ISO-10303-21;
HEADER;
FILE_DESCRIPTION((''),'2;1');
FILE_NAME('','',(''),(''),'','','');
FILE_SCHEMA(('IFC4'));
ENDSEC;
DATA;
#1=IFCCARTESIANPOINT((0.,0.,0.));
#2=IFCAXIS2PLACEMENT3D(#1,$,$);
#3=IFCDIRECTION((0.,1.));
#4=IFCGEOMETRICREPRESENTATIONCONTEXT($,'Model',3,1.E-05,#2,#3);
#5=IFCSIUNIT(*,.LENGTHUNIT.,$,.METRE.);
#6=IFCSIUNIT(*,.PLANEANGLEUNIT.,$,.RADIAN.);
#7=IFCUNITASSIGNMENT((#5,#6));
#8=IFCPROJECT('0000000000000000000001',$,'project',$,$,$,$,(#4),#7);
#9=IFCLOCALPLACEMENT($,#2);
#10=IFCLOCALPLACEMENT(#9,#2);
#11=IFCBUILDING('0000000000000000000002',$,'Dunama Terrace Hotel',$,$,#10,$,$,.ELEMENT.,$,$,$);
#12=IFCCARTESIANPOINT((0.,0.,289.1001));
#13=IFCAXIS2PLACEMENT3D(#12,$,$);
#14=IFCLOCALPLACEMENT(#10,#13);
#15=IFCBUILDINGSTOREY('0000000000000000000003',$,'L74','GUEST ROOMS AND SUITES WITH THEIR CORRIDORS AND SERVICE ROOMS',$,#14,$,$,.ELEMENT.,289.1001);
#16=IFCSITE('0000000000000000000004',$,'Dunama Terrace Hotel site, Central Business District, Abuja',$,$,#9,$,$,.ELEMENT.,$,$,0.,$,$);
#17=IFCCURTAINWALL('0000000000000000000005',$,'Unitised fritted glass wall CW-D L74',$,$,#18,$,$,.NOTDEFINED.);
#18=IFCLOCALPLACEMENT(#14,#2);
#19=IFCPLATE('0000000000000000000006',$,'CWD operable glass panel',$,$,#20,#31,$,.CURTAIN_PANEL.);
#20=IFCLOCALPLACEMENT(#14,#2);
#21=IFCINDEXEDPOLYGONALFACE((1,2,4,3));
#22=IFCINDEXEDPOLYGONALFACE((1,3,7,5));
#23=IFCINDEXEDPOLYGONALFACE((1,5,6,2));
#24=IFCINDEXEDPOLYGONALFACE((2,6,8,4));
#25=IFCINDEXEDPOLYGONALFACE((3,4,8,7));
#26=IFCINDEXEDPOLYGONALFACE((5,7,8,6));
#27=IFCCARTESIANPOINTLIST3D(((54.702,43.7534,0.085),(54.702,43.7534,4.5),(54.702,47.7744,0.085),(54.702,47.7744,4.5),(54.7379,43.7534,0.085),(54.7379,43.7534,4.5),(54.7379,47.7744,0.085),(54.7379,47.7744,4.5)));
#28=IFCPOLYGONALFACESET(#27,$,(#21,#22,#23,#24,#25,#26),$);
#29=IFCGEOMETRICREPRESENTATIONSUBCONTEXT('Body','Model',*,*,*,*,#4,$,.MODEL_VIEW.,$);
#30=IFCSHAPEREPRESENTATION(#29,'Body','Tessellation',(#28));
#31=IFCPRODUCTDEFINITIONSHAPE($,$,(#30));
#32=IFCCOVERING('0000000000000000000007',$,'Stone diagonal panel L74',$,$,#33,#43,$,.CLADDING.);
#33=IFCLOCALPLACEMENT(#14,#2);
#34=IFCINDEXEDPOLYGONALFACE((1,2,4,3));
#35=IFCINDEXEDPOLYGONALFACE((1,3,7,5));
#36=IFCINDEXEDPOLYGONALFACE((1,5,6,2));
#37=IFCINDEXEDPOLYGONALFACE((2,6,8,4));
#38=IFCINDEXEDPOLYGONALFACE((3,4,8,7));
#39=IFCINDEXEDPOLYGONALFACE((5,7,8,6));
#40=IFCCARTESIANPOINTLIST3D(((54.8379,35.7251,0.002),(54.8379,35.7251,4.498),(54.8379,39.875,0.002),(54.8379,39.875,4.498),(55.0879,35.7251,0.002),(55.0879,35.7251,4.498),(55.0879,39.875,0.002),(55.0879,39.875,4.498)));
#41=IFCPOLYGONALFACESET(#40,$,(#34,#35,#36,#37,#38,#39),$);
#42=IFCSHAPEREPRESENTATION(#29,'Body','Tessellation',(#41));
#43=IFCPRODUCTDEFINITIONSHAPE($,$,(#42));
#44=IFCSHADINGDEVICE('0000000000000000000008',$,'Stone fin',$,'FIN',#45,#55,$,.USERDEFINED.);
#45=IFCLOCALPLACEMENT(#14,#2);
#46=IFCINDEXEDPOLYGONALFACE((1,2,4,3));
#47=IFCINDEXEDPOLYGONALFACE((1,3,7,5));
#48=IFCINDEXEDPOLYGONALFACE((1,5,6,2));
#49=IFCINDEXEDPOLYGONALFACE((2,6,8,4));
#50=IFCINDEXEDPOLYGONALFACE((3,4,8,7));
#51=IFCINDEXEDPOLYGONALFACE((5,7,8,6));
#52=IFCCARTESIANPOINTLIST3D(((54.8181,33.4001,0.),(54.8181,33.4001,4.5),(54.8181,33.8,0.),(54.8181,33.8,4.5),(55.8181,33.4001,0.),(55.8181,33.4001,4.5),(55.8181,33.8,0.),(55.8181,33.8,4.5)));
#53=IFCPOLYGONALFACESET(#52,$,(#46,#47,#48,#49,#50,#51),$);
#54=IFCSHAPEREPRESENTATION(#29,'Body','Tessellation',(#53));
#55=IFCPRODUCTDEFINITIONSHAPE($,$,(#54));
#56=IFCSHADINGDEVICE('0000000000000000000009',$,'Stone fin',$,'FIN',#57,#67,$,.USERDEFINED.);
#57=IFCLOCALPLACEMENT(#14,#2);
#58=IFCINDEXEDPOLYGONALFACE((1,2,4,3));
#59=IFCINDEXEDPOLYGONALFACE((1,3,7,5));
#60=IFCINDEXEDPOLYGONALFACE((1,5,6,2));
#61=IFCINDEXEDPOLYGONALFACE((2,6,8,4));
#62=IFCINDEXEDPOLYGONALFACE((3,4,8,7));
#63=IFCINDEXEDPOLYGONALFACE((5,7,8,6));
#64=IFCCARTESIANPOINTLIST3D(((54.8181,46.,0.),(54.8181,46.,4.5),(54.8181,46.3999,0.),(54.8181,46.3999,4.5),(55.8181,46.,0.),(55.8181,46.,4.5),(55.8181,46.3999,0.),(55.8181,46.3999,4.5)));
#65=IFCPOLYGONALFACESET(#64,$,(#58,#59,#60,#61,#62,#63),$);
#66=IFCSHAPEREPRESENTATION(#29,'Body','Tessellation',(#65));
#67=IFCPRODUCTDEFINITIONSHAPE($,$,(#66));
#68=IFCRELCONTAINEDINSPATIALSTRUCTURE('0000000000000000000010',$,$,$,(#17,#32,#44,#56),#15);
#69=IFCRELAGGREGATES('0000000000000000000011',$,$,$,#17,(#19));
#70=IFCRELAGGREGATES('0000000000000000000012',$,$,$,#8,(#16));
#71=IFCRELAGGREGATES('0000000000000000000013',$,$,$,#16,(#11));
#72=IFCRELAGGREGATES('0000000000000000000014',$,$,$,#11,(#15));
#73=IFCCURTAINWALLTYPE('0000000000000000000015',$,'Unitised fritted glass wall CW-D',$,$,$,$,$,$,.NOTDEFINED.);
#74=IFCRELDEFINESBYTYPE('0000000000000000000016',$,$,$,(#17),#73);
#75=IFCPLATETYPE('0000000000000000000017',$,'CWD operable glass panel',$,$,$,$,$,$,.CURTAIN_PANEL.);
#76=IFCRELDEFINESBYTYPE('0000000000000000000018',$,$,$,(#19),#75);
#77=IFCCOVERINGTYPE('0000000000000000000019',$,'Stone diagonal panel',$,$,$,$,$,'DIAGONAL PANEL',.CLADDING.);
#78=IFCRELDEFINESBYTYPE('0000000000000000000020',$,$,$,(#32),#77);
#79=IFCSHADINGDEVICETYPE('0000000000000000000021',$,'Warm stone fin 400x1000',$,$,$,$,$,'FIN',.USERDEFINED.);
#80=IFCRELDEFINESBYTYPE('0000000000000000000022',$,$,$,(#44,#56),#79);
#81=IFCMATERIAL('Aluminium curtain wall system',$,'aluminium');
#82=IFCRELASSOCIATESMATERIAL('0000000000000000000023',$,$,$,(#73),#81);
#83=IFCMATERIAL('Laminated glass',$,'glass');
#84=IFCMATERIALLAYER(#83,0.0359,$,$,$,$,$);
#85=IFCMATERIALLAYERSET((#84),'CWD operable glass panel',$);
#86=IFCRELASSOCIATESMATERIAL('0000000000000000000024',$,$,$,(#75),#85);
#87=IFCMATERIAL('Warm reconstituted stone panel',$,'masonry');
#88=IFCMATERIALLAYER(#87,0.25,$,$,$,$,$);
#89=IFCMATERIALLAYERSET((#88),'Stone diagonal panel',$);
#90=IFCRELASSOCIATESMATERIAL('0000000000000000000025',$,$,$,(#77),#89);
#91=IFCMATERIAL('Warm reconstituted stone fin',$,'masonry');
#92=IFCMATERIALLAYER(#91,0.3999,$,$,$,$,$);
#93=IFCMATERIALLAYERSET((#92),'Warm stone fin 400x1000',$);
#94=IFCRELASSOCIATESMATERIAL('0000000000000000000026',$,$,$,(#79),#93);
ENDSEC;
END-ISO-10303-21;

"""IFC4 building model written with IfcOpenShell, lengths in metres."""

from ifc_helpers import new_model, si_unit, direction, frame, origin, origin_2d, place, context, subcontext, project, spatial, rectangle, extrude, material, layer, layer_set, type_object, element, aggregate, save


model = new_model("IFC4")

# Units and contexts
model_context = context("Model", 3, precision=1e-05, world=origin(), true_north=direction((0.0, 1.0)))
body_context = subcontext(model_context, "Body", "Model", "MODEL_VIEW")
ifc_project = project(units=[si_unit("LENGTHUNIT", "METRE"), si_unit("PLANEANGLEUNIT", "RADIAN")], contexts=[model_context])

# Site, building, storey
site_placement = place(None, origin())
site = spatial("IfcSite", under=ifc_project, at=site_placement, Name="Dunama Terrace Hotel site, Central Business District, Abuja", CompositionType="ELEMENT", RefElevation=0.0)
building_placement = place(site_placement, origin())
building = spatial("IfcBuilding", under=site, at=building_placement, Name="Dunama Terrace Hotel", CompositionType="ELEMENT")
storey_placement = place(building_placement, frame((0.0, 0.0, 289.1001)))
storey = spatial("IfcBuildingStorey", under=building, at=storey_placement, Name="L74", Description="GUEST ROOMS AND SUITES WITH THEIR CORRIDORS AND SERVICE ROOMS", CompositionType="ELEMENT", Elevation=289.1001)

# Curtain wall
ifc_material_1 = material(Name="Aluminium curtain wall system", Category="aluminium")
curtain_wall_type = type_object("IfcCurtainWallType", Name="Unitised fritted glass wall CW-D", PredefinedType="NOTDEFINED", material=ifc_material_1)
curtain_wall_placement = place(storey_placement, origin())
curtain_wall = element("IfcCurtainWall", 1, at=curtain_wall_placement, inside=storey, type_object=curtain_wall_type, Name="Unitised fritted glass wall CW-D L74", PredefinedType="NOTDEFINED")

# Plate
ifc_material_2 = material(Name="Laminated glass", Category="glass")
ifc_layer_1 = layer(ifc_material_2, 0.0359)
ifc_layer_set_1 = layer_set([ifc_layer_1], Name="CWD operable glass panel")
plate_type_1 = type_object("IfcPlateType", Name="CWD operable glass panel", PredefinedType="CURTAIN_PANEL", material=ifc_layer_set_1)
plate_1_placement = place(storey_placement, frame((54.72, 45.7639, 0.085), z_axis=(0.0, 0.0, 1.0), x_axis=(0.0, 1.0, 0.0)))
plate_1 = element("IfcPlate", 2, at=plate_1_placement, type_object=plate_type_1, Name="CWD operable glass panel", PredefinedType="CURTAIN_PANEL", context=body_context, shape_type="SweptSolid", body=[
    extrude(rectangle(XDim=4.021, YDim=0.0359, at=origin_2d()), origin(), (0.0, 0.0, 1.0), 4.415),
])
aggregate(curtain_wall, [plate_1])

# Covering
ifc_material_3 = material(Name="Warm reconstituted stone panel", Category="masonry")
ifc_layer_2 = layer(ifc_material_3, 0.25)
ifc_layer_set_2 = layer_set([ifc_layer_2], Name="Stone diagonal panel")
covering_type = type_object("IfcCoveringType", Name="Stone diagonal panel", ElementType="DIAGONAL PANEL", PredefinedType="CLADDING", material=ifc_layer_set_2)
covering_placement = place(storey_placement, frame((54.9629, 37.8, 0.002), z_axis=(0.0, 0.0, 1.0), x_axis=(0.0, 1.0, 0.0)))
element("IfcCovering", 3, at=covering_placement, inside=storey, type_object=covering_type, Name="Stone diagonal panel L74", PredefinedType="CLADDING", context=body_context, shape_type="SweptSolid", body=[
    extrude(rectangle(XDim=4.1499, YDim=0.25, at=origin_2d()), origin(), (0.0, 0.0, 1.0), 4.4961),
])

# Shading devices
ifc_material_4 = material(Name="Warm reconstituted stone fin", Category="masonry")
ifc_layer_3 = layer(ifc_material_4, 0.3999)
ifc_layer_set_3 = layer_set([ifc_layer_3], Name="Warm stone fin 400x1000")
shading_device_type = type_object("IfcShadingDeviceType", Name="Warm stone fin 400x1000", ElementType="FIN", PredefinedType="USERDEFINED", material=ifc_layer_set_3)
for number, where, z_axis, x_axis, name in (
    (4, (55.3181, 33.6001, 0.0), (0.0, 0.0, 1.0), (0.0, 1.0, 0.0), "Stone fin"),
    (5, (55.3181, 46.2, 0.0), (0.0, 0.0, 1.0), (0.0, 1.0, 0.0), "Stone fin"),
):
    element("IfcShadingDevice", number, at=place(storey_placement, frame(where, z_axis=z_axis, x_axis=x_axis)), inside=storey, type_object=shading_device_type, Name=name, ObjectType="FIN", PredefinedType="USERDEFINED", context=body_context, shape_type="SweptSolid", body=[
        extrude(rectangle(XDim=0.3999, YDim=1.0, at=origin_2d()), origin(), (0.0, 0.0, 1.0), 4.5),
    ])

save(model, "model.ifc")
